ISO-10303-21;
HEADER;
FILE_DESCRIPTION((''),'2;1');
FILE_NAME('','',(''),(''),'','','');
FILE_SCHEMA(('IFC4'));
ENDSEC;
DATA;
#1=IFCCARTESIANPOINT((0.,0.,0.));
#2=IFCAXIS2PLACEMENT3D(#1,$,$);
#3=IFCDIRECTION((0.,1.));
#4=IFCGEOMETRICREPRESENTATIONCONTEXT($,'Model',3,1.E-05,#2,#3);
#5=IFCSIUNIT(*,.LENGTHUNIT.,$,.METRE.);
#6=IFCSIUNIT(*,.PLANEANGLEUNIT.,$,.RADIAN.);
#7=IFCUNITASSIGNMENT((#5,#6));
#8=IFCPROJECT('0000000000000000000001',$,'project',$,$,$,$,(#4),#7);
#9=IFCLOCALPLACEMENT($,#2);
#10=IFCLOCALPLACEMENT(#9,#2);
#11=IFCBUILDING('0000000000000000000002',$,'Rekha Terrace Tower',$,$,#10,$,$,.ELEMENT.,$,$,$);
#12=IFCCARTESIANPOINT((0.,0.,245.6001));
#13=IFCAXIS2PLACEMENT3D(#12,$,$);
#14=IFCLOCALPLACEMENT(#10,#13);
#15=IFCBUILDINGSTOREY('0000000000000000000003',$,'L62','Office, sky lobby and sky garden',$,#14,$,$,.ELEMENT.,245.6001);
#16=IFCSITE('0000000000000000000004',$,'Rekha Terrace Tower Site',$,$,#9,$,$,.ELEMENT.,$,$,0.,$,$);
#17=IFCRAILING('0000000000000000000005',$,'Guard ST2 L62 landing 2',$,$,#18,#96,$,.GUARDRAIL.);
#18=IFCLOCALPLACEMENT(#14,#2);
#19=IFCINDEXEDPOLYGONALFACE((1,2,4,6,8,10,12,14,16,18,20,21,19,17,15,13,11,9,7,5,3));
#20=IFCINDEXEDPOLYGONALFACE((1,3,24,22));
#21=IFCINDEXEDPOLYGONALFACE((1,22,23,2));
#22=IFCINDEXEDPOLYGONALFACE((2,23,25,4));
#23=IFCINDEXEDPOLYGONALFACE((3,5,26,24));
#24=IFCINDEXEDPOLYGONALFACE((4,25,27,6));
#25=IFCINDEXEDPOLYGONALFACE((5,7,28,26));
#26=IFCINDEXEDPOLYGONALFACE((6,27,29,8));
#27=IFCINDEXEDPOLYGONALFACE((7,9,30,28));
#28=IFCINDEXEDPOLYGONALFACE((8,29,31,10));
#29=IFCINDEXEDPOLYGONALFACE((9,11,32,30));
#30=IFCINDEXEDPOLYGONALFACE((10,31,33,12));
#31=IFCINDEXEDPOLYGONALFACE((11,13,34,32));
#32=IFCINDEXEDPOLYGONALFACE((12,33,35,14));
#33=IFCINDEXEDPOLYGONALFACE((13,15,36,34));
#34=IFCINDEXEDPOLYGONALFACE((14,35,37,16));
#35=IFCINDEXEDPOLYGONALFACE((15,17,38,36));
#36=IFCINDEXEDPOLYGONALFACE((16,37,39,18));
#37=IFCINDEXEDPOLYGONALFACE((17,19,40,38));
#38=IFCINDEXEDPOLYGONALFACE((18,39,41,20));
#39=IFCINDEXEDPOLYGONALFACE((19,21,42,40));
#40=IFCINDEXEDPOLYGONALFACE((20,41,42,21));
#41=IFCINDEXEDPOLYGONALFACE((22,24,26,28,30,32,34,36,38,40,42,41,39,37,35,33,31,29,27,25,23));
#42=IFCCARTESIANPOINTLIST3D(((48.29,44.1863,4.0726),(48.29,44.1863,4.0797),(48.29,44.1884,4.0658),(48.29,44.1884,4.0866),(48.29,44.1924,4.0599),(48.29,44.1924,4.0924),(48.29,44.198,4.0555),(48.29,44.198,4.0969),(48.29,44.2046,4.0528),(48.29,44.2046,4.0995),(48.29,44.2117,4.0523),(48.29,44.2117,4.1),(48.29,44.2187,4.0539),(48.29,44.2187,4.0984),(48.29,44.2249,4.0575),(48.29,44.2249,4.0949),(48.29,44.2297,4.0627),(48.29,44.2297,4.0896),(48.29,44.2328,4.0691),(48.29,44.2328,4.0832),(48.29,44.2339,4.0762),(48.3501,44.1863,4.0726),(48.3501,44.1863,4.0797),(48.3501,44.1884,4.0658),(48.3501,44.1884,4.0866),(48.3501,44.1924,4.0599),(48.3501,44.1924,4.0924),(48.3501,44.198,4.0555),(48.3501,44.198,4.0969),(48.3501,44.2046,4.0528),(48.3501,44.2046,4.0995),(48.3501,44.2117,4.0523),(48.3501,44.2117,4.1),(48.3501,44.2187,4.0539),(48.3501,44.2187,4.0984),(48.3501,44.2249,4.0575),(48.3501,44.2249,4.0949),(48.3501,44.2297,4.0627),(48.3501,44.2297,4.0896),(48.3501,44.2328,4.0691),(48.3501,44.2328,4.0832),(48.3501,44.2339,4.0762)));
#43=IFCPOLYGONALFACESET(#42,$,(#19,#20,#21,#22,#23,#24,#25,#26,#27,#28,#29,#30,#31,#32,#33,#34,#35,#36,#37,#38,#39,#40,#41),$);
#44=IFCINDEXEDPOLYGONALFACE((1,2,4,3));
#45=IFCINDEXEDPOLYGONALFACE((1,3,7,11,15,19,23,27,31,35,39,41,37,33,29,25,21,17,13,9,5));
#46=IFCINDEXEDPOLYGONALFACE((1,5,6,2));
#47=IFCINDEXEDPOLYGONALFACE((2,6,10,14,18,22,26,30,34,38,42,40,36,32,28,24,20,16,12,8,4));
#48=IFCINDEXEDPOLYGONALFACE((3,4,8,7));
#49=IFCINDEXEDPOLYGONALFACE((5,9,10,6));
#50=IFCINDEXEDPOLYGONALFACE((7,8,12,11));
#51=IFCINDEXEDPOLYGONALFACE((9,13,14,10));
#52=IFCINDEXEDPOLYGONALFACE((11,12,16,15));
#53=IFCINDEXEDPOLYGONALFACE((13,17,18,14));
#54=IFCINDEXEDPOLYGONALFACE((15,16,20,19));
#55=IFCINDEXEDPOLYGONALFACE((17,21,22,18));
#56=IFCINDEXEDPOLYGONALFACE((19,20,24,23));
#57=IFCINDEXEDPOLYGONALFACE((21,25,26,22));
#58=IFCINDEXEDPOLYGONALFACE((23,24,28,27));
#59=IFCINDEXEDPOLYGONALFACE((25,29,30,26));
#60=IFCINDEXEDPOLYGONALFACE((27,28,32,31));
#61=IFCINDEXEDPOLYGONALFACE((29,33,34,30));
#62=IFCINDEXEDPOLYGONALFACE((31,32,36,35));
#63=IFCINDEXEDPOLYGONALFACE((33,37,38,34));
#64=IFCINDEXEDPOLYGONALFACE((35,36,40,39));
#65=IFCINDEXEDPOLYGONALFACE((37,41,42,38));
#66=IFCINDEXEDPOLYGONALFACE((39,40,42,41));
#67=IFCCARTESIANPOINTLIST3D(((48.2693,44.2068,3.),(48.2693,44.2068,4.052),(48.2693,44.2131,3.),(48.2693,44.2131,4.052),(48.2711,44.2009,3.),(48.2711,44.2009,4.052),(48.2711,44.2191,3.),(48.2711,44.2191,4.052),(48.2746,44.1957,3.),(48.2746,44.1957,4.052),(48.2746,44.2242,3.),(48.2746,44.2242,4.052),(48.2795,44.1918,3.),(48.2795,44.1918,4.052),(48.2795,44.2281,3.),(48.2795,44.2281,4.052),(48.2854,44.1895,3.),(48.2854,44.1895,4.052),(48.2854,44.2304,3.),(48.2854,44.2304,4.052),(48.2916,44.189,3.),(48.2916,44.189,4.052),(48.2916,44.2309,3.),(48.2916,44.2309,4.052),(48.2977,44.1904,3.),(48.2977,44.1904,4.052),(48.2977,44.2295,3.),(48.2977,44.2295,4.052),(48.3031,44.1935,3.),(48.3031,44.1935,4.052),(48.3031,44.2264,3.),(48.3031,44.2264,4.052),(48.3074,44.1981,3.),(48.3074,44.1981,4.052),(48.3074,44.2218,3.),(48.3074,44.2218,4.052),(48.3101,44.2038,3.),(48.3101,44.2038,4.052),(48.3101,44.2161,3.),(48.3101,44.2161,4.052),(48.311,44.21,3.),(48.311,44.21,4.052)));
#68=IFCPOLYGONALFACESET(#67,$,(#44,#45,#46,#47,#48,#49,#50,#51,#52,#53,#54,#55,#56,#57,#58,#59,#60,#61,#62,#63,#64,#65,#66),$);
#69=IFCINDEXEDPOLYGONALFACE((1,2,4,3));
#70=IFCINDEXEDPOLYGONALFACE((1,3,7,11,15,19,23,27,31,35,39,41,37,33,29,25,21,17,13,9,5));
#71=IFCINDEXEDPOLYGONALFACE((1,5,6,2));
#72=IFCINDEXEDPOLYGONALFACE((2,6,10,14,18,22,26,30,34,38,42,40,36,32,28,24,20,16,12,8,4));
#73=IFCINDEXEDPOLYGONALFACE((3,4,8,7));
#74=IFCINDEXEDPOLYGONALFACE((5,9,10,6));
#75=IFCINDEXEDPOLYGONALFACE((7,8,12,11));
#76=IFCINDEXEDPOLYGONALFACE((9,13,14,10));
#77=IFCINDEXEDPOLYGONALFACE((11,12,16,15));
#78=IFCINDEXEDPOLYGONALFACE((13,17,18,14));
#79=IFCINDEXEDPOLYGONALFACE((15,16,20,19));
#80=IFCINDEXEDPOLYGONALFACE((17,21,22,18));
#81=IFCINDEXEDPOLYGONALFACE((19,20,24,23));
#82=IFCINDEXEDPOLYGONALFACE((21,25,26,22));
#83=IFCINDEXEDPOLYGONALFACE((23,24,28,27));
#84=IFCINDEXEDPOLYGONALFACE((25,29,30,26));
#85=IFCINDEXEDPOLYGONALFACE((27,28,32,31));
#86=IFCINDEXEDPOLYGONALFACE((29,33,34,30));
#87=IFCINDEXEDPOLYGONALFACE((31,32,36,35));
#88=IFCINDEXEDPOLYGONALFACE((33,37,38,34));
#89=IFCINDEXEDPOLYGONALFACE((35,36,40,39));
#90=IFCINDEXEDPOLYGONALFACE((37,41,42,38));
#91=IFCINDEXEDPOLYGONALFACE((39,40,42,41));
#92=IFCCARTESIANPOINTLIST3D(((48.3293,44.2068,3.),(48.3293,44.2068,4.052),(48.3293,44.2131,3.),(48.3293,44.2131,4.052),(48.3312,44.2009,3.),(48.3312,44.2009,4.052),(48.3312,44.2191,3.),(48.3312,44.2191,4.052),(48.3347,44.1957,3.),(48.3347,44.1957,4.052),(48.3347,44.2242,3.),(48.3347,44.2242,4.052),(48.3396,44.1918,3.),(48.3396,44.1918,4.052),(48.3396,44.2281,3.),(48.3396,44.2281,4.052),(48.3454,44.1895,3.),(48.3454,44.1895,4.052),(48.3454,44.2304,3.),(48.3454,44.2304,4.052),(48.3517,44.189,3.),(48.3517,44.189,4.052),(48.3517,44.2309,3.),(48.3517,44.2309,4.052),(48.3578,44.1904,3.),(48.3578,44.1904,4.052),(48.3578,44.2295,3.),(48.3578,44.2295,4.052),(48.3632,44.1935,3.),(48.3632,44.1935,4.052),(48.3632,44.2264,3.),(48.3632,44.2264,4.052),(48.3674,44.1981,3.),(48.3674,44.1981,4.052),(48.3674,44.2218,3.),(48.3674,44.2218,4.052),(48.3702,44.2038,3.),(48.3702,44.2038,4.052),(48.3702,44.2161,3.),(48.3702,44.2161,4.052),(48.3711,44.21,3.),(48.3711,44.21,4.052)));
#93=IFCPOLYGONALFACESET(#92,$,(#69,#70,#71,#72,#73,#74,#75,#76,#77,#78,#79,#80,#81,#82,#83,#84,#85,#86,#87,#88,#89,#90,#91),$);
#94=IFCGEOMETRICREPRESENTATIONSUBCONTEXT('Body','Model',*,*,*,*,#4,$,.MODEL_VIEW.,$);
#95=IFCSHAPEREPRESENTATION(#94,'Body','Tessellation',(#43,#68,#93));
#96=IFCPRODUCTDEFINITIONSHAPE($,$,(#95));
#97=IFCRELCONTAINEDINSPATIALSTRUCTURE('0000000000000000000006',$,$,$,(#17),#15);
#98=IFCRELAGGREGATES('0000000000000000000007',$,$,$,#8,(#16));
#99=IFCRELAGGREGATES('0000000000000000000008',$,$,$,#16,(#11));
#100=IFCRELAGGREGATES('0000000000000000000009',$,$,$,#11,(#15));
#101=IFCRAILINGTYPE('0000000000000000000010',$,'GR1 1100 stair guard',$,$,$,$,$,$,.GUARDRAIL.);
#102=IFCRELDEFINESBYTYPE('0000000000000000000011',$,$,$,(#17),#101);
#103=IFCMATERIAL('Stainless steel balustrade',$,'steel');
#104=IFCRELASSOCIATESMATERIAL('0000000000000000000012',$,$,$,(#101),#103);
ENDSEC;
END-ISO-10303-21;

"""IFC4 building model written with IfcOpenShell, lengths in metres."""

from ifc_helpers import new_model, si_unit, direction, frame, origin, origin_2d, place, context, subcontext, project, spatial, circle, extrude, material, type_object, element, save


model = new_model("IFC4")

# Units and contexts
model_context = context("Model", 3, precision=1e-05, world=origin(), true_north=direction((0.0, 1.0)))
body_context = subcontext(model_context, "Body", "Model", "MODEL_VIEW")
ifc_project = project(units=[si_unit("LENGTHUNIT", "METRE"), si_unit("PLANEANGLEUNIT", "RADIAN")], contexts=[model_context])

# Site, building, storey
site_placement = place(None, origin())
site = spatial("IfcSite", under=ifc_project, at=site_placement, Name="Rekha Terrace Tower Site", CompositionType="ELEMENT", RefElevation=0.0)
building_placement = place(site_placement, origin())
building = spatial("IfcBuilding", under=site, at=building_placement, Name="Rekha Terrace Tower", CompositionType="ELEMENT")
storey_placement = place(building_placement, frame((0.0, 0.0, 245.6001)))
storey = spatial("IfcBuildingStorey", under=building, at=storey_placement, Name="L62", Description="Office, sky lobby and sky garden", CompositionType="ELEMENT", Elevation=245.6001)

# Railing
ifc_material_1 = material(Name="Stainless steel balustrade", Category="steel")
railing_type_1 = type_object("IfcRailingType", Name="GR1 1100 stair guard", PredefinedType="GUARDRAIL", material=ifc_material_1)
railing_1_placement = place(storey_placement, frame((48.29, 44.21, 3.0)))
element("IfcRailing", 1, at=railing_1_placement, inside=storey, type_object=railing_type_1, Name="Guard ST2 L62 landing 2", PredefinedType="GUARDRAIL", context=body_context, shape_type="SweptSolid", body=[
    extrude(circle(Radius=0.0239, at=origin_2d()), frame((0.0, 0.0, 1.0762), z_axis=(1.0, 0.0, 0.0), x_axis=(0.0, 1.0, 0.0)), (0.0, 0.0, 1.0), 0.0601),
    extrude(circle(Radius=0.021, at=origin_2d()), origin(), (0.0, 0.0, 1.0), 1.052),
    extrude(circle(Radius=0.021, at=origin_2d()), frame((0.0601, 0.0, 0.0)), (0.0, 0.0, 1.0), 1.052),
])

save(model, "model.ifc")
